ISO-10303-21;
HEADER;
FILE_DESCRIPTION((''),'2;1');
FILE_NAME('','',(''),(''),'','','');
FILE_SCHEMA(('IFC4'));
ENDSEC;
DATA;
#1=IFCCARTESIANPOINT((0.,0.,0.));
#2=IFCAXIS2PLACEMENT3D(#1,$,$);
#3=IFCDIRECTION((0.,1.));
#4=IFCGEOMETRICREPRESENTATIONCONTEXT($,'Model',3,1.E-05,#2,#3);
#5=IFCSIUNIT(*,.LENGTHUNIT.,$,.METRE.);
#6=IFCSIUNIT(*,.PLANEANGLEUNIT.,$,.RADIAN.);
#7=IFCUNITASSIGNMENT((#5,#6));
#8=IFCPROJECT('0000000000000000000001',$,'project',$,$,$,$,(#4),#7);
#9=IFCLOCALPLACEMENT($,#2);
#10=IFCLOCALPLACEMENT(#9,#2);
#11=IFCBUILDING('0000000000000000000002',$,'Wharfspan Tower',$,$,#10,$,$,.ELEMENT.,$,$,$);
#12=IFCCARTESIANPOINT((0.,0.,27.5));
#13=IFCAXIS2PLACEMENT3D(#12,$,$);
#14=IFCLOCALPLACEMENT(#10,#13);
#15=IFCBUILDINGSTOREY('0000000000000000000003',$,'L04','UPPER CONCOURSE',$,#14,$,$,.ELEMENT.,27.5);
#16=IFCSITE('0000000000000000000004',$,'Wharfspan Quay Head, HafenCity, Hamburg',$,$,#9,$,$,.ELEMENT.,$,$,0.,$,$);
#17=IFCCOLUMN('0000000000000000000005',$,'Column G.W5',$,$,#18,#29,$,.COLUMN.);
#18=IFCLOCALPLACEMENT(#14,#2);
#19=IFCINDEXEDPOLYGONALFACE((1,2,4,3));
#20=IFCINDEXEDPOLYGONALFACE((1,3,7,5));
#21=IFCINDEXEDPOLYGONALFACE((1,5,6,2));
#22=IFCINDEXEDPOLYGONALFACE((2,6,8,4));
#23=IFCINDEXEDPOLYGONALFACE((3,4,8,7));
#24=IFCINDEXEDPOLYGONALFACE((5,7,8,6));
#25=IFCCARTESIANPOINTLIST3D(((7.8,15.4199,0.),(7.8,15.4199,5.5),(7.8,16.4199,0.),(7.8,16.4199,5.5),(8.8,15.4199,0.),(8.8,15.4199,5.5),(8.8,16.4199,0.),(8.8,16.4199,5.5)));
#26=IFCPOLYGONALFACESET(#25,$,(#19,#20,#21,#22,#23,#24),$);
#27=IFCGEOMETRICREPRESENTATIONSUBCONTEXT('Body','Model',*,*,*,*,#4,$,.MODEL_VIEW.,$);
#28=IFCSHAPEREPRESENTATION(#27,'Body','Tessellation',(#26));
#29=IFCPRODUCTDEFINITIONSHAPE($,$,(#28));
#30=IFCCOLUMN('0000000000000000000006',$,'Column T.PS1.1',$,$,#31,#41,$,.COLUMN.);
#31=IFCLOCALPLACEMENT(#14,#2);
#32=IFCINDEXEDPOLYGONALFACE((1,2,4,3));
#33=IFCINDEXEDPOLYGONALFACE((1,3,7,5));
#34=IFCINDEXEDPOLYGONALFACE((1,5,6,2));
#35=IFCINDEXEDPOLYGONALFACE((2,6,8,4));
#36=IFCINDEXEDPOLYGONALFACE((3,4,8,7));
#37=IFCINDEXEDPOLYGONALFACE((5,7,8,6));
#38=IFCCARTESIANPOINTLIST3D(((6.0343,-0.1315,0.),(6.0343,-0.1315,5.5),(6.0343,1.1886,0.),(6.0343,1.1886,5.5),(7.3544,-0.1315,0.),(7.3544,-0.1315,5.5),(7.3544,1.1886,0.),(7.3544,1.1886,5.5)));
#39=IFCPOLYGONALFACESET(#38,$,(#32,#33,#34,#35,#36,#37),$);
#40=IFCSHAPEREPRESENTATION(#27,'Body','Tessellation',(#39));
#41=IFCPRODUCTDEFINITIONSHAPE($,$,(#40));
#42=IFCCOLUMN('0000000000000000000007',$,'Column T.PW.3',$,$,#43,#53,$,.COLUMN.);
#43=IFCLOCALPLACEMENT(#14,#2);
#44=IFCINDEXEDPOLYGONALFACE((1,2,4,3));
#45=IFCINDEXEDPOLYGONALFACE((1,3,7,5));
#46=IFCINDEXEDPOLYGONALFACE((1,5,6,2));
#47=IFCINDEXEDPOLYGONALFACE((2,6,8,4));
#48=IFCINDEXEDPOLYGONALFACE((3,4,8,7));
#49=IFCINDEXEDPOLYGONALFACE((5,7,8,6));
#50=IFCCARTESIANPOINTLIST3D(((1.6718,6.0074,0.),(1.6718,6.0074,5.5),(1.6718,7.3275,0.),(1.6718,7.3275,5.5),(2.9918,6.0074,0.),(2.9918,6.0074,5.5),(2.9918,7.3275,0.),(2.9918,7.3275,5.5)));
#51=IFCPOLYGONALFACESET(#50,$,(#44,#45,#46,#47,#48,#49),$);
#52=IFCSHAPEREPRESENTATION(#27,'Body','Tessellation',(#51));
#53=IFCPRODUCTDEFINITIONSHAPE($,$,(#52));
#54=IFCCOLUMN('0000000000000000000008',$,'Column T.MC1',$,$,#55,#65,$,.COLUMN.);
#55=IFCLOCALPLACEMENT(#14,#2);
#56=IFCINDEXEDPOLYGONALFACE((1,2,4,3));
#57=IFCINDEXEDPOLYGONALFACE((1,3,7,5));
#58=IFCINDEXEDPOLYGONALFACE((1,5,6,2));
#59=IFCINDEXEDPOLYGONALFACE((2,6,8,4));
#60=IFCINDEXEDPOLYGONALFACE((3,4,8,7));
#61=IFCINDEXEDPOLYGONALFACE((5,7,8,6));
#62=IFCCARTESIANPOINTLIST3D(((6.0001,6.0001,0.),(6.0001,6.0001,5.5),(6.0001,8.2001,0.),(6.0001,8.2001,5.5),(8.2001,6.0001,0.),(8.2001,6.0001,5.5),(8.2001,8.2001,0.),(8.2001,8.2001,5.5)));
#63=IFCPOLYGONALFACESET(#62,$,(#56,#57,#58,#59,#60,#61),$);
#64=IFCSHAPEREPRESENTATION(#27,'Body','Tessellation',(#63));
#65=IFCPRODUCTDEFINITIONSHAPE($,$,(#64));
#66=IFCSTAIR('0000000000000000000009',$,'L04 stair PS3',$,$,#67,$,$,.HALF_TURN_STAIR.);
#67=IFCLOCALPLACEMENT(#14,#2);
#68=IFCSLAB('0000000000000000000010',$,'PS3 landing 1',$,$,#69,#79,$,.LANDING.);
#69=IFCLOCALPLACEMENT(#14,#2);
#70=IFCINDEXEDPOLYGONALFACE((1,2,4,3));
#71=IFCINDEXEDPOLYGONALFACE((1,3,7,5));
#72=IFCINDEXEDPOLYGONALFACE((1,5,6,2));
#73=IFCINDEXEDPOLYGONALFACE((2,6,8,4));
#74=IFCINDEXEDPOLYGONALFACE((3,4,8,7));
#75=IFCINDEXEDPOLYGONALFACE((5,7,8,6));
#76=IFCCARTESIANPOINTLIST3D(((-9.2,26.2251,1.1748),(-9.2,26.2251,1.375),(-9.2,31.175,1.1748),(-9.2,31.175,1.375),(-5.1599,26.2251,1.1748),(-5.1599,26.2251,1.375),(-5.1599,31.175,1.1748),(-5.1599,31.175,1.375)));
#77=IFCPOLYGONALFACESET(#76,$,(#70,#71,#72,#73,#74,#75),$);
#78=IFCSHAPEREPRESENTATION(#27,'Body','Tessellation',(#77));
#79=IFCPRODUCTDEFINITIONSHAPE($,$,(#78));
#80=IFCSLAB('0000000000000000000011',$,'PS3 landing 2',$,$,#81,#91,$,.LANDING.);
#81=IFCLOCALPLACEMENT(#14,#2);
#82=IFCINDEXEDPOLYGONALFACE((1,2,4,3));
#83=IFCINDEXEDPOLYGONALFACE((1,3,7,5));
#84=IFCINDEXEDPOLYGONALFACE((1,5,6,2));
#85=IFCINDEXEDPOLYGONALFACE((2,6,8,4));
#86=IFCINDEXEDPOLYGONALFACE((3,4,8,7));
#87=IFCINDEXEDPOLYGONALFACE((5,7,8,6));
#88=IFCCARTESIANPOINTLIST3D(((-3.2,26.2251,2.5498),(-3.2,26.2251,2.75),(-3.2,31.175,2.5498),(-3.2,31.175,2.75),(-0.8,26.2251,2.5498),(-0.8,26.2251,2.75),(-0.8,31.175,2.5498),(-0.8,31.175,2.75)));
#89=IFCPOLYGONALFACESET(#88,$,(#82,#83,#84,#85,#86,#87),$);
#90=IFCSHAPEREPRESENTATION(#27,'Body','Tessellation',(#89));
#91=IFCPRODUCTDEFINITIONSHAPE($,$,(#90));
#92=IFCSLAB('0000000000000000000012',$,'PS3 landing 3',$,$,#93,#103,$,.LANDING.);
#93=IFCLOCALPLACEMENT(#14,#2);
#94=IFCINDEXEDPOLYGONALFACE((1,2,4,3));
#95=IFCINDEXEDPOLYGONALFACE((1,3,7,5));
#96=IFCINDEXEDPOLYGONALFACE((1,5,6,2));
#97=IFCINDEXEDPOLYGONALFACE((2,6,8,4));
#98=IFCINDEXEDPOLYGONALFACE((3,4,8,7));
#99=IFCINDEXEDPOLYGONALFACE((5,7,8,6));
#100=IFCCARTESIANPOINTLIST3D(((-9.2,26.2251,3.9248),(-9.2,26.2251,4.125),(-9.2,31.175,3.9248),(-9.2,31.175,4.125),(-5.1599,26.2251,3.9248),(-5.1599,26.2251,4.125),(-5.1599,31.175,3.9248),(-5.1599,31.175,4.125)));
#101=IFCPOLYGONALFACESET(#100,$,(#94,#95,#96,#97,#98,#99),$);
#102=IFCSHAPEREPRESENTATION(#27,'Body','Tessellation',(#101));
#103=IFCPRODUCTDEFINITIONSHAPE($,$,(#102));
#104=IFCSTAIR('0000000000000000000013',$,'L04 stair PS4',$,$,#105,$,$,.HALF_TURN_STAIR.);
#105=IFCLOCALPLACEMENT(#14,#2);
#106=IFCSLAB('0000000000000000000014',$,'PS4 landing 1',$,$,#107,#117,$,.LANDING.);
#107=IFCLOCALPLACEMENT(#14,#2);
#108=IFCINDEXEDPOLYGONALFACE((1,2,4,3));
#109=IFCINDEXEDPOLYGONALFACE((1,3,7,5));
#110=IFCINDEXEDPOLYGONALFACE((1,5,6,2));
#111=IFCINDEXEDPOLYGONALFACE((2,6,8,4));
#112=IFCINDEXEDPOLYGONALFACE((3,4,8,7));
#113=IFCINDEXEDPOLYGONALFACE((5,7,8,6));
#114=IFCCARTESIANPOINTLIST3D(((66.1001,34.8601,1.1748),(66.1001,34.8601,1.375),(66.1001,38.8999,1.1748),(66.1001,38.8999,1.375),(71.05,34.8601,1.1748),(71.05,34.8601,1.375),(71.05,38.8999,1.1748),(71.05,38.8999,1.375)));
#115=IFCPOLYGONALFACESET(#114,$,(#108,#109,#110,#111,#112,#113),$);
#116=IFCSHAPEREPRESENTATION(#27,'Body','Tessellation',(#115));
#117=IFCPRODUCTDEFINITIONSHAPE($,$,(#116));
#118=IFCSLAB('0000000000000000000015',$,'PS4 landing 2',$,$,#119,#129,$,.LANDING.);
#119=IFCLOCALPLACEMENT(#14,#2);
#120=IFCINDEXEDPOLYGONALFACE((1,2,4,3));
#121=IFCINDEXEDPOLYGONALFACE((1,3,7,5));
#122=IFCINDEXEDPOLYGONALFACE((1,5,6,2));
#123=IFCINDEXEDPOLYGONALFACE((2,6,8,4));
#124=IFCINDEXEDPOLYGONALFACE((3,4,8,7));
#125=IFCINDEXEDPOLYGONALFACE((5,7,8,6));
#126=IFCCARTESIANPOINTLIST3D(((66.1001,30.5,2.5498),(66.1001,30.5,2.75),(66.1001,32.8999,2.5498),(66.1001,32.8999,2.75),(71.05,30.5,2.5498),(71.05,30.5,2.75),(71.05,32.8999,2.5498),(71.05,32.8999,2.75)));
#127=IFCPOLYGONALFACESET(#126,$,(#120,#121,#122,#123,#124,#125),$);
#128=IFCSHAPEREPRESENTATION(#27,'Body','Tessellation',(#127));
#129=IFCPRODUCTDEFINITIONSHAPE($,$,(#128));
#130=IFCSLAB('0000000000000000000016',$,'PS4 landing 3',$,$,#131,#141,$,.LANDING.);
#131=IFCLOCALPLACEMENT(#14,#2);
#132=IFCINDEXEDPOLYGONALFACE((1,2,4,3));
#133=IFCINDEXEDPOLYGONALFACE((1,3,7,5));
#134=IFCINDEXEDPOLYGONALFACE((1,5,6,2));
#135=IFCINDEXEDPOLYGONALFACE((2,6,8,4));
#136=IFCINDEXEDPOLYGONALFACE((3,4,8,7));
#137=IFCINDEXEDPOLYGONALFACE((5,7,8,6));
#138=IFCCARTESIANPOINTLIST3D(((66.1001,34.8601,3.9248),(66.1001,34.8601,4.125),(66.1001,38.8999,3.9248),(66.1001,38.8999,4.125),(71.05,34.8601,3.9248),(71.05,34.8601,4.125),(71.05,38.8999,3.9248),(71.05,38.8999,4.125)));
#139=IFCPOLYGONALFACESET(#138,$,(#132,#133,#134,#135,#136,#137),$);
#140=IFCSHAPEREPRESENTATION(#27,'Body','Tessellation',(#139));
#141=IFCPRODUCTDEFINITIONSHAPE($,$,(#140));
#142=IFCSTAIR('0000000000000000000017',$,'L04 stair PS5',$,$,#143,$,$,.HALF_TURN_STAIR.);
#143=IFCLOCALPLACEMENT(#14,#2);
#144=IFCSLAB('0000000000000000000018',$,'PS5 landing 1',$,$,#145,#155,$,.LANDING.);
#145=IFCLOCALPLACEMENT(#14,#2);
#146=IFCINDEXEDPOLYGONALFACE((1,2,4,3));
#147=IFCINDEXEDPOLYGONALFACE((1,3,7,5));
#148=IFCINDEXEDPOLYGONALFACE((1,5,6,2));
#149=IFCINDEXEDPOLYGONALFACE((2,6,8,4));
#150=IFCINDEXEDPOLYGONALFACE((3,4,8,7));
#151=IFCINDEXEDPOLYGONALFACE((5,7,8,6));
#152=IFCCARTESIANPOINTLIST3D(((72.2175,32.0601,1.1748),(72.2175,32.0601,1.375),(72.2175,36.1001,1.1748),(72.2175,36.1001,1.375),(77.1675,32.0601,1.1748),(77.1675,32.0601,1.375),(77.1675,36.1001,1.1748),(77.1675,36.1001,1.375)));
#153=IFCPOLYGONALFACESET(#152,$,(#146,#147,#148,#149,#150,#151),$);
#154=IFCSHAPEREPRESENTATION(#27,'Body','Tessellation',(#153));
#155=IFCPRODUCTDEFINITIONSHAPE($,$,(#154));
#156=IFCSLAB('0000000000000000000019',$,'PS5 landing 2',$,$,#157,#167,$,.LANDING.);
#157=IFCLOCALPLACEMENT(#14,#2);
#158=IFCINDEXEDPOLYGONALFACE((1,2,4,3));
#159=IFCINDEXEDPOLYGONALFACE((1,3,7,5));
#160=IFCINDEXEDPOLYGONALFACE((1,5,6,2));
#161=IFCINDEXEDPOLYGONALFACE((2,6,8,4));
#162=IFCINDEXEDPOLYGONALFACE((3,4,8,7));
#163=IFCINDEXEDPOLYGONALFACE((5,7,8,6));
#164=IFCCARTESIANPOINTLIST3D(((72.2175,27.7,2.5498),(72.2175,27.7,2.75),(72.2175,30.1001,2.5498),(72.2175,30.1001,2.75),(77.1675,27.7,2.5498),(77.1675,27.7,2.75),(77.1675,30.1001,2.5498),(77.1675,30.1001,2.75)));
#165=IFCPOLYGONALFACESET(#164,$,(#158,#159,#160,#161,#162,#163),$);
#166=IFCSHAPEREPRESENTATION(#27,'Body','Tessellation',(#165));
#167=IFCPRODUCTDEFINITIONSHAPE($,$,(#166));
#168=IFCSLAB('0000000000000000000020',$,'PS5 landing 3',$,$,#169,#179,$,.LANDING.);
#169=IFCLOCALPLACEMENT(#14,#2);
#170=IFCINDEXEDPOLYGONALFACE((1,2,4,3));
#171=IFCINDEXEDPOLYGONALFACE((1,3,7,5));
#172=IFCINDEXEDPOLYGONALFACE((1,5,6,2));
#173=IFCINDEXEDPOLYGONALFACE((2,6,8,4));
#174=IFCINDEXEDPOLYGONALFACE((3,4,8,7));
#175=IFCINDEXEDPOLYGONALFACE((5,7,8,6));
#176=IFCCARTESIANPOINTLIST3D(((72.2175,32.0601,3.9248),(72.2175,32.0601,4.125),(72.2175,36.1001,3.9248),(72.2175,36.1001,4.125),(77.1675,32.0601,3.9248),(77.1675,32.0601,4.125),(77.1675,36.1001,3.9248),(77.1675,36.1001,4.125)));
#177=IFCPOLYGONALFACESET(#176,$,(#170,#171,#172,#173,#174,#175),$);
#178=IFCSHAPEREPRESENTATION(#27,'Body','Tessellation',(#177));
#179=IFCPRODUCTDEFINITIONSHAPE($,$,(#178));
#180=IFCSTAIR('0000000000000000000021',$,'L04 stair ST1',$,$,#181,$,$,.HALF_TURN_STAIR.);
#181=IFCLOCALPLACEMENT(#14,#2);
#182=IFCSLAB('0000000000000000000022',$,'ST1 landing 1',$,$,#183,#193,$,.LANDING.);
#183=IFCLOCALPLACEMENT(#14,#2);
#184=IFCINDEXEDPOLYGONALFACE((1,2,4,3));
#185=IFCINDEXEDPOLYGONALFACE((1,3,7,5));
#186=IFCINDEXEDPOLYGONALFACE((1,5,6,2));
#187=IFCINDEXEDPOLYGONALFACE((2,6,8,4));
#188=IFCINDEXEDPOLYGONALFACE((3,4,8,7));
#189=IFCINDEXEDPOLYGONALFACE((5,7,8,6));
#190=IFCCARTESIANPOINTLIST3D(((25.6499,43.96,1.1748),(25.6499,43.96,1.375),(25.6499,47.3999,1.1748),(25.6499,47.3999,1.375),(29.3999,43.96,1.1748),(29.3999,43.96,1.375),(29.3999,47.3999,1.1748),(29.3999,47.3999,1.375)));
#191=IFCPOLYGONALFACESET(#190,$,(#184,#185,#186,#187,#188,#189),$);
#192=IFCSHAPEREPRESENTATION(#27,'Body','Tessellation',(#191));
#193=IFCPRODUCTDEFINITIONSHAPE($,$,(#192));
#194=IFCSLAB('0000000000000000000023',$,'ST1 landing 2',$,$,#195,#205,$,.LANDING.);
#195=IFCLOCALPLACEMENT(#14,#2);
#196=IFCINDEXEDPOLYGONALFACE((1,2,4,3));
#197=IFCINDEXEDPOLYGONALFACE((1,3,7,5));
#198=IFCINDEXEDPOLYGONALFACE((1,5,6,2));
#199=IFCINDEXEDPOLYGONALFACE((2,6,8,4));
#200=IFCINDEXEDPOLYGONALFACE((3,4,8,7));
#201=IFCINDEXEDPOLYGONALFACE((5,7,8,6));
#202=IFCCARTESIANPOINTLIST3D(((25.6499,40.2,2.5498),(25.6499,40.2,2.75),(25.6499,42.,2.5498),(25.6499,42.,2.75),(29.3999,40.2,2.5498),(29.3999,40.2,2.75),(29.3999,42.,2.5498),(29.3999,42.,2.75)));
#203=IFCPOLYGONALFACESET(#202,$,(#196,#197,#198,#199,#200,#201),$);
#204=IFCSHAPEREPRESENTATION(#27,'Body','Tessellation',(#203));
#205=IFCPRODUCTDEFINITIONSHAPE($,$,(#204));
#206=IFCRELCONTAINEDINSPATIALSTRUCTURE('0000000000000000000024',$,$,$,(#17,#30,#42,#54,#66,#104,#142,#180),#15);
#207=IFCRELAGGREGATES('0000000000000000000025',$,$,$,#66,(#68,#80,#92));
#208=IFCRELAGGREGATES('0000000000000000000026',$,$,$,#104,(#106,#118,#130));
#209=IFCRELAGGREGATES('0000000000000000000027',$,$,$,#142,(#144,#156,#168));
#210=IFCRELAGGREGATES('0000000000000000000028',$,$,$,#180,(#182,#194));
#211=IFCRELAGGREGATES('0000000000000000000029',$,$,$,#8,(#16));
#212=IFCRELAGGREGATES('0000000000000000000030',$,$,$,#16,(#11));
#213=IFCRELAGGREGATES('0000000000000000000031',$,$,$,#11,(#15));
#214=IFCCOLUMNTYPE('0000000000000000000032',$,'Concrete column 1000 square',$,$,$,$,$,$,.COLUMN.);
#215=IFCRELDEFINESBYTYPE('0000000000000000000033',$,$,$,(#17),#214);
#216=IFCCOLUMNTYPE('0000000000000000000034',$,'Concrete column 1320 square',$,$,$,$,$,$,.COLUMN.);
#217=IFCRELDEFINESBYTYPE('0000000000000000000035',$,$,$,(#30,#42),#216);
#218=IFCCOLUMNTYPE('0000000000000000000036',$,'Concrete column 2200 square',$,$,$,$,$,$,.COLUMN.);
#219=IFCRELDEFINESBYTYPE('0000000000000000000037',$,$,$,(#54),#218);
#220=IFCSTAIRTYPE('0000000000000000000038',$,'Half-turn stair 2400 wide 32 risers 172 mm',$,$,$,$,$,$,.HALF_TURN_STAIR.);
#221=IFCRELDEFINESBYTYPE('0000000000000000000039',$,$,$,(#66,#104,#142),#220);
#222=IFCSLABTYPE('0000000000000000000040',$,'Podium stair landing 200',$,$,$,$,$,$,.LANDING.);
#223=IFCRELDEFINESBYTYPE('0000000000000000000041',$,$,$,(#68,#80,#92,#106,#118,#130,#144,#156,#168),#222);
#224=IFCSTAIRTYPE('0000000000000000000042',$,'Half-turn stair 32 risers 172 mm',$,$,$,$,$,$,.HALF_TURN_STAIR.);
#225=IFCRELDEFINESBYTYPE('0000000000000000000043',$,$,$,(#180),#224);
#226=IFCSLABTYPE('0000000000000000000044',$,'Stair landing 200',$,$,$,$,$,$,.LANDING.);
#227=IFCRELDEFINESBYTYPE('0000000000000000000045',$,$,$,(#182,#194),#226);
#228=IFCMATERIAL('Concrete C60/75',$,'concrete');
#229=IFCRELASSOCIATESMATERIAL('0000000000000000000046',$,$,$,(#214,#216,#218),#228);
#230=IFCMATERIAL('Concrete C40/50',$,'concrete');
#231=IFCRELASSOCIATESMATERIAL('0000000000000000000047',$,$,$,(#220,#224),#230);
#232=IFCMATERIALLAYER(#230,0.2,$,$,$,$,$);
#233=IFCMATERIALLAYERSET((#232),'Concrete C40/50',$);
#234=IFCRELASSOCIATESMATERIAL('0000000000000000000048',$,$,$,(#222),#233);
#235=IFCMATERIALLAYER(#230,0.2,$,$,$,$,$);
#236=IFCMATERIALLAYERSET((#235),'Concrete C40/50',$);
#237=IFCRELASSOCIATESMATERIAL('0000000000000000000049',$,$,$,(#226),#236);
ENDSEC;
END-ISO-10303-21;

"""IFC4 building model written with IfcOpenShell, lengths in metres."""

from ifc_helpers import new_model, si_unit, direction, frame, origin, origin_2d, place, context, subcontext, project, spatial, polyline, rectangle, outline, extrude, material, layer, layer_set, material_profile, profile_set, type_object, element, aggregate, save


model = new_model("IFC4")

# Units and contexts
model_context = context("Model", 3, precision=1e-05, world=origin(), true_north=direction((0.0, 1.0)))
body_context = subcontext(model_context, "Body", "Model", "MODEL_VIEW")
ifc_project = project(units=[si_unit("LENGTHUNIT", "METRE"), si_unit("PLANEANGLEUNIT", "RADIAN")], contexts=[model_context])

# Site, building, storey
site_placement = place(None, origin())
site = spatial("IfcSite", under=ifc_project, at=site_placement, Name="Wharfspan Quay Head, HafenCity, Hamburg", CompositionType="ELEMENT", RefElevation=0.0)
building_placement = place(site_placement, origin())
building = spatial("IfcBuilding", under=site, at=building_placement, Name="Wharfspan Tower", CompositionType="ELEMENT")
storey_placement = place(building_placement, frame((0.0, 0.0, 27.5)))
storey = spatial("IfcBuildingStorey", under=building, at=storey_placement, Name="L04", Description="UPPER CONCOURSE", CompositionType="ELEMENT", Elevation=27.5)

# Columns
ifc_material_1 = material(Name="Concrete C60/75", Category="concrete")
ifc_material_profile_1 = material_profile(ifc_material_1, rectangle(XDim=1.0, YDim=1.0, at=origin_2d()))
ifc_profile_set_1 = profile_set([ifc_material_profile_1], Name="Concrete C60/75")
column_type_1 = type_object("IfcColumnType", Name="Concrete column 1000 square", PredefinedType="COLUMN", material=ifc_profile_set_1)
column_1_placement = place(storey_placement, frame((8.3, 15.9199, 0.0), z_axis=(0.0, 0.0, 1.0), x_axis=(1.0, 0.0, 0.0)))
element("IfcColumn", 1, at=column_1_placement, inside=storey, type_object=column_type_1, Name="Column G.W5", PredefinedType="COLUMN", context=body_context, shape_type="SweptSolid", body=[
    extrude(rectangle(XDim=1.0, YDim=1.0, at=origin_2d()), origin(), (0.0, 0.0, 1.0), 5.5),
])
ifc_material_profile_2 = material_profile(ifc_material_1, rectangle(XDim=1.3201, YDim=1.3201, at=origin_2d()))
ifc_profile_set_2 = profile_set([ifc_material_profile_2], Name="Concrete C60/75")
column_type_2 = type_object("IfcColumnType", Name="Concrete column 1320 square", PredefinedType="COLUMN", material=ifc_profile_set_2)
for number, where, z_axis, x_axis, name in (
    (2, (6.6943, 0.5286, 0.0), (0.0, 0.0, 1.0), (1.0, 0.0, 0.0), "Column T.PS1.1"),
    (3, (2.3318, 6.6675, 0.0), (0.0, 0.0, 1.0), (1.0, 0.0, 0.0), "Column T.PW.3"),
):
    element("IfcColumn", number, at=place(storey_placement, frame(where, z_axis=z_axis, x_axis=x_axis)), inside=storey, type_object=column_type_2, Name=name, PredefinedType="COLUMN", context=body_context, shape_type="SweptSolid", body=[
        extrude(rectangle(XDim=1.3201, YDim=1.3201, at=origin_2d()), origin(), (0.0, 0.0, 1.0), 5.5),
    ])
ifc_material_profile_3 = material_profile(ifc_material_1, rectangle(XDim=2.2, YDim=2.2, at=origin_2d()))
ifc_profile_set_3 = profile_set([ifc_material_profile_3], Name="Concrete C60/75")
column_type_3 = type_object("IfcColumnType", Name="Concrete column 2200 square", PredefinedType="COLUMN", material=ifc_profile_set_3)
column_2_placement = place(storey_placement, frame((7.1001, 7.1001, 0.0), z_axis=(0.0, 0.0, 1.0), x_axis=(1.0, 0.0, 0.0)))
element("IfcColumn", 4, at=column_2_placement, inside=storey, type_object=column_type_3, Name="Column T.MC1", PredefinedType="COLUMN", context=body_context, shape_type="SweptSolid", body=[
    extrude(rectangle(XDim=2.2, YDim=2.2, at=origin_2d()), origin(), (0.0, 0.0, 1.0), 5.5),
])

# Stairs, slabs
ifc_material_2 = material(Name="Concrete C40/50", Category="concrete")
stair_type_1 = type_object("IfcStairType", Name="Half-turn stair 2400 wide 32 risers 172 mm", PredefinedType="HALF_TURN_STAIR", material=ifc_material_2)
stair_1_placement = place(storey_placement, origin())
stair_1 = element("IfcStair", 5, at=stair_1_placement, inside=storey, type_object=stair_type_1, Name="L04 stair PS3", PredefinedType="HALF_TURN_STAIR")
ifc_layer_1 = layer(ifc_material_2, 0.2)
ifc_layer_set_1 = layer_set([ifc_layer_1], Name="Concrete C40/50")
slab_type_1 = type_object("IfcSlabType", Name="Podium stair landing 200", PredefinedType="LANDING", material=ifc_layer_set_1)
slab_1_placement = place(storey_placement, frame((0.0, 0.0, 1.1748)))
slab_1 = element("IfcSlab", 6, at=slab_1_placement, type_object=slab_type_1, Name="PS3 landing 1", PredefinedType="LANDING", context=body_context, shape_type="SweptSolid", body=[
    extrude(outline(polyline([(-5.1599, 31.175), (-9.2, 31.175), (-9.2, 26.2251), (-5.1599, 26.2251), (-5.1599, 31.175)])), origin(), (0.0, 0.0, 1.0), 0.2002),
])
slab_2_placement = place(storey_placement, frame((0.0, 0.0, 2.5498)))
slab_2 = element("IfcSlab", 7, at=slab_2_placement, type_object=slab_type_1, Name="PS3 landing 2", PredefinedType="LANDING", context=body_context, shape_type="SweptSolid", body=[
    extrude(outline(polyline([(-0.8, 31.175), (-3.2, 31.175), (-3.2, 26.2251), (-0.8, 26.2251), (-0.8, 31.175)])), origin(), (0.0, 0.0, 1.0), 0.2002),
])
slab_3_placement = place(storey_placement, frame((0.0, 0.0, 3.9248)))
slab_3 = element("IfcSlab", 8, at=slab_3_placement, type_object=slab_type_1, Name="PS3 landing 3", PredefinedType="LANDING", context=body_context, shape_type="SweptSolid", body=[
    extrude(outline(polyline([(-5.1599, 31.175), (-9.2, 31.175), (-9.2, 26.2251), (-5.1599, 26.2251), (-5.1599, 31.175)])), origin(), (0.0, 0.0, 1.0), 0.2002),
])
aggregate(stair_1, [slab_1, slab_2, slab_3])
stair_2_placement = place(storey_placement, origin())
stair_2 = element("IfcStair", 9, at=stair_2_placement, inside=storey, type_object=stair_type_1, Name="L04 stair PS4", PredefinedType="HALF_TURN_STAIR")
slab_4_placement = place(storey_placement, frame((0.0, 0.0, 1.1748)))
slab_4 = element("IfcSlab", 10, at=slab_4_placement, type_object=slab_type_1, Name="PS4 landing 1", PredefinedType="LANDING", context=body_context, shape_type="SweptSolid", body=[
    extrude(outline(polyline([(71.05, 34.8601), (71.05, 38.8999), (66.1001, 38.8999), (66.1001, 34.8601), (71.05, 34.8601)])), origin(), (0.0, 0.0, 1.0), 0.2002),
])
slab_5_placement = place(storey_placement, frame((0.0, 0.0, 2.5498)))
slab_5 = element("IfcSlab", 11, at=slab_5_placement, type_object=slab_type_1, Name="PS4 landing 2", PredefinedType="LANDING", context=body_context, shape_type="SweptSolid", body=[
    extrude(outline(polyline([(71.05, 30.5), (71.05, 32.8999), (66.1001, 32.8999), (66.1001, 30.5), (71.05, 30.5)])), origin(), (0.0, 0.0, 1.0), 0.2002),
])
slab_6_placement = place(storey_placement, frame((0.0, 0.0, 3.9248)))
slab_6 = element("IfcSlab", 12, at=slab_6_placement, type_object=slab_type_1, Name="PS4 landing 3", PredefinedType="LANDING", context=body_context, shape_type="SweptSolid", body=[
    extrude(outline(polyline([(71.05, 34.8601), (71.05, 38.8999), (66.1001, 38.8999), (66.1001, 34.8601), (71.05, 34.8601)])), origin(), (0.0, 0.0, 1.0), 0.2002),
])
aggregate(stair_2, [slab_4, slab_5, slab_6])
stair_3_placement = place(storey_placement, origin())
stair_3 = element("IfcStair", 13, at=stair_3_placement, inside=storey, type_object=stair_type_1, Name="L04 stair PS5", PredefinedType="HALF_TURN_STAIR")
slab_7_placement = place(storey_placement, frame((0.0, 0.0, 1.1748)))
slab_7 = element("IfcSlab", 14, at=slab_7_placement, type_object=slab_type_1, Name="PS5 landing 1", PredefinedType="LANDING", context=body_context, shape_type="SweptSolid", body=[
    extrude(outline(polyline([(77.1675, 32.0601), (77.1675, 36.1001), (72.2175, 36.1001), (72.2175, 32.0601), (77.1675, 32.0601)])), origin(), (0.0, 0.0, 1.0), 0.2002),
])
slab_8_placement = place(storey_placement, frame((0.0, 0.0, 2.5498)))
slab_8 = element("IfcSlab", 15, at=slab_8_placement, type_object=slab_type_1, Name="PS5 landing 2", PredefinedType="LANDING", context=body_context, shape_type="SweptSolid", body=[
    extrude(outline(polyline([(77.1675, 27.7), (77.1675, 30.1001), (72.2175, 30.1001), (72.2175, 27.7), (77.1675, 27.7)])), origin(), (0.0, 0.0, 1.0), 0.2002),
])
slab_9_placement = place(storey_placement, frame((0.0, 0.0, 3.9248)))
slab_9 = element("IfcSlab", 16, at=slab_9_placement, type_object=slab_type_1, Name="PS5 landing 3", PredefinedType="LANDING", context=body_context, shape_type="SweptSolid", body=[
    extrude(outline(polyline([(77.1675, 32.0601), (77.1675, 36.1001), (72.2175, 36.1001), (72.2175, 32.0601), (77.1675, 32.0601)])), origin(), (0.0, 0.0, 1.0), 0.2002),
])
aggregate(stair_3, [slab_7, slab_8, slab_9])
stair_type_2 = type_object("IfcStairType", Name="Half-turn stair 32 risers 172 mm", PredefinedType="HALF_TURN_STAIR", material=ifc_material_2)
stair_4_placement = place(storey_placement, origin())
stair_4 = element("IfcStair", 17, at=stair_4_placement, inside=storey, type_object=stair_type_2, Name="L04 stair ST1", PredefinedType="HALF_TURN_STAIR")
ifc_layer_2 = layer(ifc_material_2, 0.2)
ifc_layer_set_2 = layer_set([ifc_layer_2], Name="Concrete C40/50")
slab_type_2 = type_object("IfcSlabType", Name="Stair landing 200", PredefinedType="LANDING", material=ifc_layer_set_2)
slab_10_placement = place(storey_placement, frame((0.0, 0.0, 1.1748)))
slab_10 = element("IfcSlab", 18, at=slab_10_placement, type_object=slab_type_2, Name="ST1 landing 1", PredefinedType="LANDING", context=body_context, shape_type="SweptSolid", body=[
    extrude(outline(polyline([(29.3999, 43.96), (29.3999, 47.3999), (25.6499, 47.3999), (25.6499, 43.96), (29.3999, 43.96)])), origin(), (0.0, 0.0, 1.0), 0.2002),
])
slab_11_placement = place(storey_placement, frame((0.0, 0.0, 2.5498)))
slab_11 = element("IfcSlab", 19, at=slab_11_placement, type_object=slab_type_2, Name="ST1 landing 2", PredefinedType="LANDING", context=body_context, shape_type="SweptSolid", body=[
    extrude(outline(polyline([(29.3999, 40.2), (29.3999, 42.0), (25.6499, 42.0), (25.6499, 40.2), (29.3999, 40.2)])), origin(), (0.0, 0.0, 1.0), 0.2002),
])
aggregate(stair_4, [slab_10, slab_11])

save(model, "model.ifc")
